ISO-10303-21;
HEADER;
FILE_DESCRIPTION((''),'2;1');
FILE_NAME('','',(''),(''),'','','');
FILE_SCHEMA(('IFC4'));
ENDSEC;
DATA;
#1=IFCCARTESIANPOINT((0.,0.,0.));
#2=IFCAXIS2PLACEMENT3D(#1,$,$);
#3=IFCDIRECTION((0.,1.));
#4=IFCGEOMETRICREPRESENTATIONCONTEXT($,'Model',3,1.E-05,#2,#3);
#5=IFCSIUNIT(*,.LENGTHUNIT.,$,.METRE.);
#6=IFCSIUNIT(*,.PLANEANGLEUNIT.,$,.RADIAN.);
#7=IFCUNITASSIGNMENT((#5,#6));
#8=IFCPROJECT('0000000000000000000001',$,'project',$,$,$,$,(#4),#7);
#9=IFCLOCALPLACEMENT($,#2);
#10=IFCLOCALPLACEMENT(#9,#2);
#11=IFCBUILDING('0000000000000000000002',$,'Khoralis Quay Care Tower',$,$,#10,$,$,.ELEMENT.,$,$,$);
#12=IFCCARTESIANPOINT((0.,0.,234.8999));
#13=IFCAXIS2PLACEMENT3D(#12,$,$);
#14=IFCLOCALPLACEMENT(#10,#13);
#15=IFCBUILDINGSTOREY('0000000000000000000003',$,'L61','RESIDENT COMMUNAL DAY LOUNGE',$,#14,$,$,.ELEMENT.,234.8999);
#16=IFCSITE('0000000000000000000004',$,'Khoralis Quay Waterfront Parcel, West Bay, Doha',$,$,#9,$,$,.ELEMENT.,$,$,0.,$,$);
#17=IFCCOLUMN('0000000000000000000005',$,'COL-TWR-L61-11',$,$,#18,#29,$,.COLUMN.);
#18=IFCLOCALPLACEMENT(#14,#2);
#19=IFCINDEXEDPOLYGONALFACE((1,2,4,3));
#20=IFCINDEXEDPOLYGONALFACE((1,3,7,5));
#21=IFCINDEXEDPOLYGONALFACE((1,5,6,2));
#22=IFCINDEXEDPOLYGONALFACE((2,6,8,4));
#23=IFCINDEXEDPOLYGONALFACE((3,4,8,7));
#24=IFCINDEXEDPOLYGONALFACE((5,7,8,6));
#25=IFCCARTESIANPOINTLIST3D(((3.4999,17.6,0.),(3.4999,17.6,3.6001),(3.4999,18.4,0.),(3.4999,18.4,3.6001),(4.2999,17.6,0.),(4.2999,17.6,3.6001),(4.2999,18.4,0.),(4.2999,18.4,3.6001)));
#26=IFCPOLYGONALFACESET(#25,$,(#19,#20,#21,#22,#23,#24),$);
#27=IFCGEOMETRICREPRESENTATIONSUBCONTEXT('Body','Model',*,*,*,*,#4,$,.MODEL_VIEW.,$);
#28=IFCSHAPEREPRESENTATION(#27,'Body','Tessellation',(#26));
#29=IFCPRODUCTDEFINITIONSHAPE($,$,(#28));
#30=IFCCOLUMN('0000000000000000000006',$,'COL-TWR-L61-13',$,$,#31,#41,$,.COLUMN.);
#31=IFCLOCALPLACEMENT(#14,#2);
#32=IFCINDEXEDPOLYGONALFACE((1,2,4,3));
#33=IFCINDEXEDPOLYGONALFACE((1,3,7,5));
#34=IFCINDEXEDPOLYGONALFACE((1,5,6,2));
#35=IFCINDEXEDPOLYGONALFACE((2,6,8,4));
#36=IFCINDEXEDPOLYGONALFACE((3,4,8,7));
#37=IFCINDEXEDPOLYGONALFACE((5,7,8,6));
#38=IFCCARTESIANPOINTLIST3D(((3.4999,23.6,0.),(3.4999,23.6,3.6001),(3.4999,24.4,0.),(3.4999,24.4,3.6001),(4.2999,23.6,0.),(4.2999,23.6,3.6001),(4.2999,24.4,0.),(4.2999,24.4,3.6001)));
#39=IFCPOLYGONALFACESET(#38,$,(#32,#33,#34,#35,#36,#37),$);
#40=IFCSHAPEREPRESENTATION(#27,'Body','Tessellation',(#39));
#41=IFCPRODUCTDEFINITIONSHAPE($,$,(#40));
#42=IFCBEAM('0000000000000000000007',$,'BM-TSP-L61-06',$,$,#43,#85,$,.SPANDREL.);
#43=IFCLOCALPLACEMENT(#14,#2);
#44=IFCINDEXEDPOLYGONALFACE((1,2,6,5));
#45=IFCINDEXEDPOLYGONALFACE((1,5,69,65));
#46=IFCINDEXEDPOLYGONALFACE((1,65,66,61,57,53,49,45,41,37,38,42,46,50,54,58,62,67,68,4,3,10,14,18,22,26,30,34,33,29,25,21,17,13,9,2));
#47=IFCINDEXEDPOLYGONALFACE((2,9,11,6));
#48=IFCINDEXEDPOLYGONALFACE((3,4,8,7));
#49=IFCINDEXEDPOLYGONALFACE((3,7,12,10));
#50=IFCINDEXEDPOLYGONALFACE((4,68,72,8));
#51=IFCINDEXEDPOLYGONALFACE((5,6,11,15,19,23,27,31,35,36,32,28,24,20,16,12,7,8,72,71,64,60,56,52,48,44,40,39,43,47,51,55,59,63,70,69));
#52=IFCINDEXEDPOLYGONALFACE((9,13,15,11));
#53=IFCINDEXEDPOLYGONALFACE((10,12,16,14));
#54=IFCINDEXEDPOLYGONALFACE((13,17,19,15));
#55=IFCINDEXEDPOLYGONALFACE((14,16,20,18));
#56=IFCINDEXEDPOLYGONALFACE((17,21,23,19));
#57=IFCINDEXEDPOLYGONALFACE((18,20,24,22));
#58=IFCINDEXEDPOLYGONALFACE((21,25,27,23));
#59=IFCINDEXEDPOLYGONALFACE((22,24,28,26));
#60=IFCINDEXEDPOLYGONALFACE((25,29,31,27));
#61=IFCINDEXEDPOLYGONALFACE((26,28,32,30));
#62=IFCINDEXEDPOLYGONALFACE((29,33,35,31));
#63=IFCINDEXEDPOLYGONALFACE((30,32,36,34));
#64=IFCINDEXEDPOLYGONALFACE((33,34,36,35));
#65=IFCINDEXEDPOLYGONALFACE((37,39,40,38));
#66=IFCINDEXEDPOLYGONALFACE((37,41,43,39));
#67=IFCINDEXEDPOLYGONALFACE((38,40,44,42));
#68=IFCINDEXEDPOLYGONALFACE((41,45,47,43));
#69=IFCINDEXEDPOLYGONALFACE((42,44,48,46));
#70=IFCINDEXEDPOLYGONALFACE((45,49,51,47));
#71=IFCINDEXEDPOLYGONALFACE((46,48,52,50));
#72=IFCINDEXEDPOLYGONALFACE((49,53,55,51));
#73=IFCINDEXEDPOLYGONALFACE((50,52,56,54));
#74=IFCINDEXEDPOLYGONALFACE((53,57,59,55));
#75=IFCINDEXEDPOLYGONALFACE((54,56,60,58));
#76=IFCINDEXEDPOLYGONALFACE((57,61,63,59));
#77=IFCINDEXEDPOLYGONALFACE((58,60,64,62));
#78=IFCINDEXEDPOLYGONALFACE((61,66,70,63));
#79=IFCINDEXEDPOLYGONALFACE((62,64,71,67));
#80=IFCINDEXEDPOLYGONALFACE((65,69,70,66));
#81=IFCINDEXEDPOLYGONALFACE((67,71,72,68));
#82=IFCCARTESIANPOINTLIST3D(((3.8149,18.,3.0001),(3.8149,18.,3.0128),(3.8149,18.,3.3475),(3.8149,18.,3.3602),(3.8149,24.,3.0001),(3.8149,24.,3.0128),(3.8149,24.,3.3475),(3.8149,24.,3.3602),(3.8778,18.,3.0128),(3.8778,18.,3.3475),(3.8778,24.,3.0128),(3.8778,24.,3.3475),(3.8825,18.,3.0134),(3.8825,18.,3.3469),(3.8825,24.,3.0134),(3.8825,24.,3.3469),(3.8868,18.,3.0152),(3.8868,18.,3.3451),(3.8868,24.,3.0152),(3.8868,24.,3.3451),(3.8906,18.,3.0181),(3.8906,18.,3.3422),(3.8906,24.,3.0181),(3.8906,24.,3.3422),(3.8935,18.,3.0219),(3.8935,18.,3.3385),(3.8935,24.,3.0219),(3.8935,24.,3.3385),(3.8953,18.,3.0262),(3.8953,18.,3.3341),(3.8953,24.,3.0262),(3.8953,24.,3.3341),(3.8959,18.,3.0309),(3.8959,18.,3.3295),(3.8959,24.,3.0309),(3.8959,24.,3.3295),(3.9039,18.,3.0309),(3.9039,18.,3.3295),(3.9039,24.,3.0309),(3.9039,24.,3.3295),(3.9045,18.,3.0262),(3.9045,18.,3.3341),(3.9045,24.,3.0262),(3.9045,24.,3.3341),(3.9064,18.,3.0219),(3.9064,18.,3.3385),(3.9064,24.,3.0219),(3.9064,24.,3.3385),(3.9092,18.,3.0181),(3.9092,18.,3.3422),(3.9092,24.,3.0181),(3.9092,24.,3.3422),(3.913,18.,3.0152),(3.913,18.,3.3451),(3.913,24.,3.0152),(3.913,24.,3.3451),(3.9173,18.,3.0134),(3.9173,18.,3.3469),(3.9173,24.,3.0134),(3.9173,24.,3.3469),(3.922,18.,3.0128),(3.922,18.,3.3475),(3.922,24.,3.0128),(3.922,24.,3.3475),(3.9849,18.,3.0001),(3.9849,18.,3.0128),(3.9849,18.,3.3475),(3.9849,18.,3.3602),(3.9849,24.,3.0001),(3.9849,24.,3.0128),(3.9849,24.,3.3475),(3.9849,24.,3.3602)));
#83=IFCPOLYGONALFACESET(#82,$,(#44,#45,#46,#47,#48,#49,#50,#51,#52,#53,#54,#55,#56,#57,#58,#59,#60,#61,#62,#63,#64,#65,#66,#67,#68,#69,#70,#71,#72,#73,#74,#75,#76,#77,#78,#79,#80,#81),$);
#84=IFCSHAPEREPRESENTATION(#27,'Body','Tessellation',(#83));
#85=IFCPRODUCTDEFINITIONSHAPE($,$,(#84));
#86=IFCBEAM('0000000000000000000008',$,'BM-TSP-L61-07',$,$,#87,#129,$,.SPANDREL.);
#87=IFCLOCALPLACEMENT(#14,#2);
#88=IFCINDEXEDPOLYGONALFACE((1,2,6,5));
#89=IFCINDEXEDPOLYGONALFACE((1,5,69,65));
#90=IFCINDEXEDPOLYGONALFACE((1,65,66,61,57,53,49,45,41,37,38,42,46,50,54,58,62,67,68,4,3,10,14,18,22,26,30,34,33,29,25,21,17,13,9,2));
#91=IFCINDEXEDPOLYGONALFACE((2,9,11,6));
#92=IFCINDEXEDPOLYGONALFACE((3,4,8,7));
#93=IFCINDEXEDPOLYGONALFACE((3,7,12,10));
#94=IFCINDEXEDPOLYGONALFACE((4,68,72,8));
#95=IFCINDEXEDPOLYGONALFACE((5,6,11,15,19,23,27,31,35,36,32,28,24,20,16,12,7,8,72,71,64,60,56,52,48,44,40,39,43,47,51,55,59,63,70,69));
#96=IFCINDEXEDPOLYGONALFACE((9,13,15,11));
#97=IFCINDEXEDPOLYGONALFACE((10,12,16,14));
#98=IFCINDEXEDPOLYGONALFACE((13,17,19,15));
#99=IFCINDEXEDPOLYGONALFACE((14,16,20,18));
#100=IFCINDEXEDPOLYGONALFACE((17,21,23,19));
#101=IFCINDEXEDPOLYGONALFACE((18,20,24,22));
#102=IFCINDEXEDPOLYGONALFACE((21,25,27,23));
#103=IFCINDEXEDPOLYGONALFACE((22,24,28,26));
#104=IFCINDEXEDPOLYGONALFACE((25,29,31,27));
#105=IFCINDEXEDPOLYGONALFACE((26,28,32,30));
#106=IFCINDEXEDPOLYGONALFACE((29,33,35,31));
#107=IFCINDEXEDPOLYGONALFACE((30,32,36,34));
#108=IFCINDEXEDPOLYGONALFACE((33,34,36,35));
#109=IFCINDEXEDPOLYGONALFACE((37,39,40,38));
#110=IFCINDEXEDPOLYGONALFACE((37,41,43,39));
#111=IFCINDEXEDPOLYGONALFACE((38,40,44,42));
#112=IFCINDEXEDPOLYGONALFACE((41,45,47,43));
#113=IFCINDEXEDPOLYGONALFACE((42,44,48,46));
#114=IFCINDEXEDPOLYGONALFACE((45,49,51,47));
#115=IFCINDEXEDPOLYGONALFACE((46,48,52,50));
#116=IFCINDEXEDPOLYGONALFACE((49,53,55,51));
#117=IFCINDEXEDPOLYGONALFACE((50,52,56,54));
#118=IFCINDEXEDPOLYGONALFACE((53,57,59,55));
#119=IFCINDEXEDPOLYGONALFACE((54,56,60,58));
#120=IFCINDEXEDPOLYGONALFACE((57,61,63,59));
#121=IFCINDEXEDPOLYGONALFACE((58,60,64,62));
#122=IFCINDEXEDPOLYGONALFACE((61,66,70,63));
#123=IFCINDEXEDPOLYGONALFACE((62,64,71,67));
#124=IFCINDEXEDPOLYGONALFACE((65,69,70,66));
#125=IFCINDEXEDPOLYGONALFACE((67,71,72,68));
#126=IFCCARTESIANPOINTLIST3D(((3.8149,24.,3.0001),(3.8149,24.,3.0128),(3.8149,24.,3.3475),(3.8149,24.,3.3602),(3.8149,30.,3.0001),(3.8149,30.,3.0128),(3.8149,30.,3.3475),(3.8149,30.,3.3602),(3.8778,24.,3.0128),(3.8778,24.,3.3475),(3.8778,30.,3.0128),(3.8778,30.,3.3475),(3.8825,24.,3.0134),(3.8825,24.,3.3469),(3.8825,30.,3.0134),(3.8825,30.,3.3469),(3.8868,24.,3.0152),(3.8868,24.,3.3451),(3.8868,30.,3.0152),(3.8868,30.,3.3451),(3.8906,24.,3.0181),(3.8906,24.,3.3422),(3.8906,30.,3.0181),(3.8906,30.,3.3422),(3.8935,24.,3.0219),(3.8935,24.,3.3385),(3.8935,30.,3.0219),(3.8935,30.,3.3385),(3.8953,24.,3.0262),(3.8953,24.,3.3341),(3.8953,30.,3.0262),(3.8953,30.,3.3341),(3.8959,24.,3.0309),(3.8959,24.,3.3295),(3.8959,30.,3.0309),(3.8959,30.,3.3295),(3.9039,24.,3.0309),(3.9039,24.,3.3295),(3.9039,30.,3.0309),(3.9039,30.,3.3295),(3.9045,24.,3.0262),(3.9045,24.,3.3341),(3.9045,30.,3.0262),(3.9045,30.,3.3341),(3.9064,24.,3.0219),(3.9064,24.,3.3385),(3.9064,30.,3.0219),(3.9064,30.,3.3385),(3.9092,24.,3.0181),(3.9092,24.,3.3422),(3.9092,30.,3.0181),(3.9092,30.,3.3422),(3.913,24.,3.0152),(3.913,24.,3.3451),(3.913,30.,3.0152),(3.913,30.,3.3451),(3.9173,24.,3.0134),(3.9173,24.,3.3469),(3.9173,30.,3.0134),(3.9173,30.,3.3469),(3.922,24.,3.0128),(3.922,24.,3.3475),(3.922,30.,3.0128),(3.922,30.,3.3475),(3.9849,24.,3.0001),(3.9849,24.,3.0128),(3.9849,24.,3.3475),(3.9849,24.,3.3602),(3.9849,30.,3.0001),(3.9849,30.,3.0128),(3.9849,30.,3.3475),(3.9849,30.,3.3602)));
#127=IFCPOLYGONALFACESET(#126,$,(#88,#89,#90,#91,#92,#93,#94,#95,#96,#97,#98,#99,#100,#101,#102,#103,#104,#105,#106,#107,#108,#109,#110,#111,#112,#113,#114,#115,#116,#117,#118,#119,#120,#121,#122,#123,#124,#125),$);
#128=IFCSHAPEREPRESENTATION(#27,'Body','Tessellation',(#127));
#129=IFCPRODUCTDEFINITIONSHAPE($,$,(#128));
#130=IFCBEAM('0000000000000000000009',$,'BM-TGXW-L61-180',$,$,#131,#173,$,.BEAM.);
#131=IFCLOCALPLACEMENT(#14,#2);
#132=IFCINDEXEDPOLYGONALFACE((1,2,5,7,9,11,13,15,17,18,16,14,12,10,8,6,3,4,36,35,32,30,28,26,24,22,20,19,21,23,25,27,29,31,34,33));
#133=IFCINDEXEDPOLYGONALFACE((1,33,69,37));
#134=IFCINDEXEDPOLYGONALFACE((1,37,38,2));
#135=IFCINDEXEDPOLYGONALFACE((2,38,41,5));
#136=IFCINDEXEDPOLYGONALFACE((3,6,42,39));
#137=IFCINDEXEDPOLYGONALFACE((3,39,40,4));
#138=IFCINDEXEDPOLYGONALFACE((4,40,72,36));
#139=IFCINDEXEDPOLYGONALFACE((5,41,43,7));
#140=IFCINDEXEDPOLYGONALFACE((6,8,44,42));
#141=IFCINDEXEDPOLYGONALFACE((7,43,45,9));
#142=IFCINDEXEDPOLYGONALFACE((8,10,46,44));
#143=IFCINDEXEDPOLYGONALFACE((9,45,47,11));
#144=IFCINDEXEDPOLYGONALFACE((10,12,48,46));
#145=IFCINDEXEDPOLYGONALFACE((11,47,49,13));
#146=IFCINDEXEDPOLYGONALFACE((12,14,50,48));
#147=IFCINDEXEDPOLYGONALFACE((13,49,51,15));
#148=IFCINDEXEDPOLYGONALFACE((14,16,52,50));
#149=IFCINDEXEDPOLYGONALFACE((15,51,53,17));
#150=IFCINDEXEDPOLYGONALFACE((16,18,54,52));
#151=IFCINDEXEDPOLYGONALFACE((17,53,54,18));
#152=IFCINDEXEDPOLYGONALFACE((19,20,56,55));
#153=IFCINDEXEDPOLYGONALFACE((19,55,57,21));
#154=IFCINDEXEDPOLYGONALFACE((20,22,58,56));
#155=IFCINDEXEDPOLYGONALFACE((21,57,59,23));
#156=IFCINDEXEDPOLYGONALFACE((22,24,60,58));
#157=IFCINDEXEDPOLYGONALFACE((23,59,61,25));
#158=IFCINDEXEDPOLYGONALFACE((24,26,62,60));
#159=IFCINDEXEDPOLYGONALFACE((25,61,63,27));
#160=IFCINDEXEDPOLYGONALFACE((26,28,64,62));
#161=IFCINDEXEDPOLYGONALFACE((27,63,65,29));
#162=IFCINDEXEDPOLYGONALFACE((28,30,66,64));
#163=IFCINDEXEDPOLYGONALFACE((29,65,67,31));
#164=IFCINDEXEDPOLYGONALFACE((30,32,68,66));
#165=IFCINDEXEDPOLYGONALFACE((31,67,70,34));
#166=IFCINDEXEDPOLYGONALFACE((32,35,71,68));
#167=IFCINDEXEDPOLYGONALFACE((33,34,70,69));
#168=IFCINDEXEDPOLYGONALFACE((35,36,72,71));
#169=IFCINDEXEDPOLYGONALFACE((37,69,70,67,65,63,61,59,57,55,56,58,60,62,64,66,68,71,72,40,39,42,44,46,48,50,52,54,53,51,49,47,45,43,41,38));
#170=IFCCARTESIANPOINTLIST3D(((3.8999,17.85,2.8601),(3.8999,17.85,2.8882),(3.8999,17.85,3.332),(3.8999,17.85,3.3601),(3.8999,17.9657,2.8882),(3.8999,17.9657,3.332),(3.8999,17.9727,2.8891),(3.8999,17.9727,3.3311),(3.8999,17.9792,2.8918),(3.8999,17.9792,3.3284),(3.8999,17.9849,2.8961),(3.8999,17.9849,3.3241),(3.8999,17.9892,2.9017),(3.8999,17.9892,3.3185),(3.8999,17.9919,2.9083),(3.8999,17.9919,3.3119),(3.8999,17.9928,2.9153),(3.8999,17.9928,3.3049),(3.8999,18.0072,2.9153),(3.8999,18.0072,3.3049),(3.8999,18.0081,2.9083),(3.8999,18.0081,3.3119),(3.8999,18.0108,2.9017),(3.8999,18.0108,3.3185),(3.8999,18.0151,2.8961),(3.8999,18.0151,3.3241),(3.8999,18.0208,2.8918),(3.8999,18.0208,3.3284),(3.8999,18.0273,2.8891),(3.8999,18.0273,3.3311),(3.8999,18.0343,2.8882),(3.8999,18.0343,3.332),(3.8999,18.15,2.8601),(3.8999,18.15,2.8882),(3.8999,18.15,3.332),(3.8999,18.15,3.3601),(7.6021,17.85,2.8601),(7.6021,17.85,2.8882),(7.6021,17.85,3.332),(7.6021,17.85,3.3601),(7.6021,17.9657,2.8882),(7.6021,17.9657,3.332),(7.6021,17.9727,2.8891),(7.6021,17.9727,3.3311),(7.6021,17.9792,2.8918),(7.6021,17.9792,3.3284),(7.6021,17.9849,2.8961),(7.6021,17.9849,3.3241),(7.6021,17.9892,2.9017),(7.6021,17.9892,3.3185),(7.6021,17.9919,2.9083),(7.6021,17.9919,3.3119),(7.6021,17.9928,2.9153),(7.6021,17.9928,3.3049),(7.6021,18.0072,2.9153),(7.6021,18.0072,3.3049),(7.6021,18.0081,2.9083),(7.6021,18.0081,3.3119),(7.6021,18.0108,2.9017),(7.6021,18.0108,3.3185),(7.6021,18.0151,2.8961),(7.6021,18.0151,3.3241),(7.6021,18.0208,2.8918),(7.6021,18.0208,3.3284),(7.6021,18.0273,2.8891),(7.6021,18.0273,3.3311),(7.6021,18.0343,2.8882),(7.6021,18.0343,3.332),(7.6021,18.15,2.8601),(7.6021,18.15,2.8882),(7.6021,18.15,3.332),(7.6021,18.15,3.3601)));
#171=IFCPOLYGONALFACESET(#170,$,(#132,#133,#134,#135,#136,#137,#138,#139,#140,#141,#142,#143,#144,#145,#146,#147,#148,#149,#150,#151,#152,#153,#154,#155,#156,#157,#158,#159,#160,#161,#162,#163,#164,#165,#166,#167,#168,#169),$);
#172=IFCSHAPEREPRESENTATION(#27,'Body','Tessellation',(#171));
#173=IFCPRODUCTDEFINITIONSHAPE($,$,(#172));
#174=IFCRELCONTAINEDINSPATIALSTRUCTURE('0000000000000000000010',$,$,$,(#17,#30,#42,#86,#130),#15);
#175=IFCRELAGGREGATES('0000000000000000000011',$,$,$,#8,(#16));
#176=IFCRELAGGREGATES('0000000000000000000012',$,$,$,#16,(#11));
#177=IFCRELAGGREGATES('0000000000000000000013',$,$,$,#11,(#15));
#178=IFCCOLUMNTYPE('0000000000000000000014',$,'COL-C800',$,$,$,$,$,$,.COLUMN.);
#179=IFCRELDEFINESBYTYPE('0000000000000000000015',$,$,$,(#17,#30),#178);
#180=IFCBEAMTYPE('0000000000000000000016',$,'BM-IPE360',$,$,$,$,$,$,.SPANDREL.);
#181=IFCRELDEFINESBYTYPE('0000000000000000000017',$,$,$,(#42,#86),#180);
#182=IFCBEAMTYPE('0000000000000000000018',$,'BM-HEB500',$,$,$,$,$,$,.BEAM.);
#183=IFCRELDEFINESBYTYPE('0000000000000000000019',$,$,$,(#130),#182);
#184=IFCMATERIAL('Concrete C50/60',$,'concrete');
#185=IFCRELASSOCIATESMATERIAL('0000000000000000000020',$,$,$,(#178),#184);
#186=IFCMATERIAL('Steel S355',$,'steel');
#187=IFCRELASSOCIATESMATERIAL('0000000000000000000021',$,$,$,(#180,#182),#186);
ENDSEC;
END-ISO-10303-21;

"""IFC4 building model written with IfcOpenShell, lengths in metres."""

from ifc_helpers import new_model, si_unit, direction, frame, origin, origin_2d, place, context, subcontext, project, spatial, rectangle, i_section, extrude, source, transform, mapped, material, material_profile, profile_set, type_object, element, save


model = new_model("IFC4")

# Units and contexts
model_context = context("Model", 3, precision=1e-05, world=origin(), true_north=direction((0.0, 1.0)))
body_context = subcontext(model_context, "Body", "Model", "MODEL_VIEW")
ifc_project = project(units=[si_unit("LENGTHUNIT", "METRE"), si_unit("PLANEANGLEUNIT", "RADIAN")], contexts=[model_context])

# Site, building, storey
site_placement = place(None, origin())
site = spatial("IfcSite", under=ifc_project, at=site_placement, Name="Khoralis Quay Waterfront Parcel, West Bay, Doha", CompositionType="ELEMENT", RefElevation=0.0)
building_placement = place(site_placement, origin())
building = spatial("IfcBuilding", under=site, at=building_placement, Name="Khoralis Quay Care Tower", CompositionType="ELEMENT")
storey_placement = place(building_placement, frame((0.0, 0.0, 234.8999)))
storey = spatial("IfcBuildingStorey", under=building, at=storey_placement, Name="L61", Description="RESIDENT COMMUNAL DAY LOUNGE", CompositionType="ELEMENT", Elevation=234.8999)

# Columns
ifc_material_1 = material(Name="Concrete C50/60", Category="concrete")
ifc_material_profile_1 = material_profile(ifc_material_1, rectangle(XDim=0.8, YDim=0.8, at=origin_2d()), Name="Concrete C50/60")
ifc_profile_set_1 = profile_set([ifc_material_profile_1], Name="Concrete C50/60")
column_type = type_object("IfcColumnType", Name="COL-C800", PredefinedType="COLUMN", material=ifc_profile_set_1)
shared_shape_1 = source(origin(), body_context, "Body", "SweptSolid", [
    extrude(rectangle(XDim=0.8, YDim=0.8, at=origin_2d()), origin(), (0.0, 0.0, 1.0), 3.6001),
])
for number, where, z_axis, x_axis, name in (
    (1, (3.8999, 18.0, 0.0), (0.0, 0.0, 1.0), (1.0, 0.0, 0.0), "COL-TWR-L61-11"),
    (2, (3.8999, 24.0, 0.0), (0.0, 0.0, 1.0), (1.0, 0.0, 0.0), "COL-TWR-L61-13"),
):
    element("IfcColumn", number, at=place(storey_placement, frame(where, z_axis=z_axis, x_axis=x_axis)), inside=storey, type_object=column_type, Name=name, PredefinedType="COLUMN", context=body_context, shape_type="MappedRepresentation", body=[
        mapped(shared_shape_1, transform((0.0, 0.0, 0.0), scale=1.0)),
    ])

# Beams
ifc_material_2 = material(Name="Steel S355", Category="steel")
ifc_material_profile_2 = material_profile(ifc_material_2, i_section(OverallWidth=0.1699, OverallDepth=0.3601, WebThickness=0.0081, FlangeThickness=0.0127, FilletRadius=0.0181, at=origin_2d()), Name="Steel S355")
ifc_profile_set_2 = profile_set([ifc_material_profile_2], Name="Steel S355")
beam_type_1 = type_object("IfcBeamType", Name="BM-IPE360", PredefinedType="SPANDREL", material=ifc_profile_set_2)
shared_shape_2 = source(origin(), body_context, "Body", "SweptSolid", [
    extrude(i_section(OverallWidth=0.1699, OverallDepth=0.3601, WebThickness=0.0081, FlangeThickness=0.0127, FilletRadius=0.0181, at=origin_2d()), origin(), (0.0, 0.0, 1.0), 6.0),
])
for number, where, z_axis, x_axis, name in (
    (3, (3.8999, 18.0, 3.1802), (0.0, 1.0, 0.0), (-1.0, 0.0, 0.0), "BM-TSP-L61-06"),
    (4, (3.8999, 24.0, 3.1802), (0.0, 1.0, 0.0), (-1.0, 0.0, 0.0), "BM-TSP-L61-07"),
):
    element("IfcBeam", number, at=place(storey_placement, frame(where, z_axis=z_axis, x_axis=x_axis)), inside=storey, type_object=beam_type_1, Name=name, PredefinedType="SPANDREL", context=body_context, shape_type="MappedRepresentation", body=[
        mapped(shared_shape_2, transform((0.0, 0.0, 0.0), scale=1.0)),
    ])
ifc_material_profile_3 = material_profile(ifc_material_2, i_section(OverallWidth=0.3, OverallDepth=0.5, WebThickness=0.0144, FlangeThickness=0.0281, FilletRadius=0.0271, at=origin_2d()), Name="Steel S355")
ifc_profile_set_3 = profile_set([ifc_material_profile_3], Name="Steel S355")
beam_type_2 = type_object("IfcBeamType", Name="BM-HEB500", PredefinedType="BEAM", material=ifc_profile_set_3)
shared_shape_3 = source(origin(), body_context, "Body", "SweptSolid", [
    extrude(i_section(OverallWidth=0.3, OverallDepth=0.5, WebThickness=0.0144, FlangeThickness=0.0281, FilletRadius=0.0271, at=origin_2d()), origin(), (0.0, 0.0, 1.0), 3.7021),
])
for number, where, z_axis, x_axis, name in (
    (5, (3.8999, 18.0, 3.1101), (1.0, 0.0, 0.0), (0.0, 1.0, 0.0), "BM-TGXW-L61-180"),
):
    element("IfcBeam", number, at=place(storey_placement, frame(where, z_axis=z_axis, x_axis=x_axis)), inside=storey, type_object=beam_type_2, Name=name, PredefinedType="BEAM", context=body_context, shape_type="MappedRepresentation", body=[
        mapped(shared_shape_3, transform((0.0, 0.0, 0.0), scale=1.0)),
    ])

save(model, "model.ifc")
